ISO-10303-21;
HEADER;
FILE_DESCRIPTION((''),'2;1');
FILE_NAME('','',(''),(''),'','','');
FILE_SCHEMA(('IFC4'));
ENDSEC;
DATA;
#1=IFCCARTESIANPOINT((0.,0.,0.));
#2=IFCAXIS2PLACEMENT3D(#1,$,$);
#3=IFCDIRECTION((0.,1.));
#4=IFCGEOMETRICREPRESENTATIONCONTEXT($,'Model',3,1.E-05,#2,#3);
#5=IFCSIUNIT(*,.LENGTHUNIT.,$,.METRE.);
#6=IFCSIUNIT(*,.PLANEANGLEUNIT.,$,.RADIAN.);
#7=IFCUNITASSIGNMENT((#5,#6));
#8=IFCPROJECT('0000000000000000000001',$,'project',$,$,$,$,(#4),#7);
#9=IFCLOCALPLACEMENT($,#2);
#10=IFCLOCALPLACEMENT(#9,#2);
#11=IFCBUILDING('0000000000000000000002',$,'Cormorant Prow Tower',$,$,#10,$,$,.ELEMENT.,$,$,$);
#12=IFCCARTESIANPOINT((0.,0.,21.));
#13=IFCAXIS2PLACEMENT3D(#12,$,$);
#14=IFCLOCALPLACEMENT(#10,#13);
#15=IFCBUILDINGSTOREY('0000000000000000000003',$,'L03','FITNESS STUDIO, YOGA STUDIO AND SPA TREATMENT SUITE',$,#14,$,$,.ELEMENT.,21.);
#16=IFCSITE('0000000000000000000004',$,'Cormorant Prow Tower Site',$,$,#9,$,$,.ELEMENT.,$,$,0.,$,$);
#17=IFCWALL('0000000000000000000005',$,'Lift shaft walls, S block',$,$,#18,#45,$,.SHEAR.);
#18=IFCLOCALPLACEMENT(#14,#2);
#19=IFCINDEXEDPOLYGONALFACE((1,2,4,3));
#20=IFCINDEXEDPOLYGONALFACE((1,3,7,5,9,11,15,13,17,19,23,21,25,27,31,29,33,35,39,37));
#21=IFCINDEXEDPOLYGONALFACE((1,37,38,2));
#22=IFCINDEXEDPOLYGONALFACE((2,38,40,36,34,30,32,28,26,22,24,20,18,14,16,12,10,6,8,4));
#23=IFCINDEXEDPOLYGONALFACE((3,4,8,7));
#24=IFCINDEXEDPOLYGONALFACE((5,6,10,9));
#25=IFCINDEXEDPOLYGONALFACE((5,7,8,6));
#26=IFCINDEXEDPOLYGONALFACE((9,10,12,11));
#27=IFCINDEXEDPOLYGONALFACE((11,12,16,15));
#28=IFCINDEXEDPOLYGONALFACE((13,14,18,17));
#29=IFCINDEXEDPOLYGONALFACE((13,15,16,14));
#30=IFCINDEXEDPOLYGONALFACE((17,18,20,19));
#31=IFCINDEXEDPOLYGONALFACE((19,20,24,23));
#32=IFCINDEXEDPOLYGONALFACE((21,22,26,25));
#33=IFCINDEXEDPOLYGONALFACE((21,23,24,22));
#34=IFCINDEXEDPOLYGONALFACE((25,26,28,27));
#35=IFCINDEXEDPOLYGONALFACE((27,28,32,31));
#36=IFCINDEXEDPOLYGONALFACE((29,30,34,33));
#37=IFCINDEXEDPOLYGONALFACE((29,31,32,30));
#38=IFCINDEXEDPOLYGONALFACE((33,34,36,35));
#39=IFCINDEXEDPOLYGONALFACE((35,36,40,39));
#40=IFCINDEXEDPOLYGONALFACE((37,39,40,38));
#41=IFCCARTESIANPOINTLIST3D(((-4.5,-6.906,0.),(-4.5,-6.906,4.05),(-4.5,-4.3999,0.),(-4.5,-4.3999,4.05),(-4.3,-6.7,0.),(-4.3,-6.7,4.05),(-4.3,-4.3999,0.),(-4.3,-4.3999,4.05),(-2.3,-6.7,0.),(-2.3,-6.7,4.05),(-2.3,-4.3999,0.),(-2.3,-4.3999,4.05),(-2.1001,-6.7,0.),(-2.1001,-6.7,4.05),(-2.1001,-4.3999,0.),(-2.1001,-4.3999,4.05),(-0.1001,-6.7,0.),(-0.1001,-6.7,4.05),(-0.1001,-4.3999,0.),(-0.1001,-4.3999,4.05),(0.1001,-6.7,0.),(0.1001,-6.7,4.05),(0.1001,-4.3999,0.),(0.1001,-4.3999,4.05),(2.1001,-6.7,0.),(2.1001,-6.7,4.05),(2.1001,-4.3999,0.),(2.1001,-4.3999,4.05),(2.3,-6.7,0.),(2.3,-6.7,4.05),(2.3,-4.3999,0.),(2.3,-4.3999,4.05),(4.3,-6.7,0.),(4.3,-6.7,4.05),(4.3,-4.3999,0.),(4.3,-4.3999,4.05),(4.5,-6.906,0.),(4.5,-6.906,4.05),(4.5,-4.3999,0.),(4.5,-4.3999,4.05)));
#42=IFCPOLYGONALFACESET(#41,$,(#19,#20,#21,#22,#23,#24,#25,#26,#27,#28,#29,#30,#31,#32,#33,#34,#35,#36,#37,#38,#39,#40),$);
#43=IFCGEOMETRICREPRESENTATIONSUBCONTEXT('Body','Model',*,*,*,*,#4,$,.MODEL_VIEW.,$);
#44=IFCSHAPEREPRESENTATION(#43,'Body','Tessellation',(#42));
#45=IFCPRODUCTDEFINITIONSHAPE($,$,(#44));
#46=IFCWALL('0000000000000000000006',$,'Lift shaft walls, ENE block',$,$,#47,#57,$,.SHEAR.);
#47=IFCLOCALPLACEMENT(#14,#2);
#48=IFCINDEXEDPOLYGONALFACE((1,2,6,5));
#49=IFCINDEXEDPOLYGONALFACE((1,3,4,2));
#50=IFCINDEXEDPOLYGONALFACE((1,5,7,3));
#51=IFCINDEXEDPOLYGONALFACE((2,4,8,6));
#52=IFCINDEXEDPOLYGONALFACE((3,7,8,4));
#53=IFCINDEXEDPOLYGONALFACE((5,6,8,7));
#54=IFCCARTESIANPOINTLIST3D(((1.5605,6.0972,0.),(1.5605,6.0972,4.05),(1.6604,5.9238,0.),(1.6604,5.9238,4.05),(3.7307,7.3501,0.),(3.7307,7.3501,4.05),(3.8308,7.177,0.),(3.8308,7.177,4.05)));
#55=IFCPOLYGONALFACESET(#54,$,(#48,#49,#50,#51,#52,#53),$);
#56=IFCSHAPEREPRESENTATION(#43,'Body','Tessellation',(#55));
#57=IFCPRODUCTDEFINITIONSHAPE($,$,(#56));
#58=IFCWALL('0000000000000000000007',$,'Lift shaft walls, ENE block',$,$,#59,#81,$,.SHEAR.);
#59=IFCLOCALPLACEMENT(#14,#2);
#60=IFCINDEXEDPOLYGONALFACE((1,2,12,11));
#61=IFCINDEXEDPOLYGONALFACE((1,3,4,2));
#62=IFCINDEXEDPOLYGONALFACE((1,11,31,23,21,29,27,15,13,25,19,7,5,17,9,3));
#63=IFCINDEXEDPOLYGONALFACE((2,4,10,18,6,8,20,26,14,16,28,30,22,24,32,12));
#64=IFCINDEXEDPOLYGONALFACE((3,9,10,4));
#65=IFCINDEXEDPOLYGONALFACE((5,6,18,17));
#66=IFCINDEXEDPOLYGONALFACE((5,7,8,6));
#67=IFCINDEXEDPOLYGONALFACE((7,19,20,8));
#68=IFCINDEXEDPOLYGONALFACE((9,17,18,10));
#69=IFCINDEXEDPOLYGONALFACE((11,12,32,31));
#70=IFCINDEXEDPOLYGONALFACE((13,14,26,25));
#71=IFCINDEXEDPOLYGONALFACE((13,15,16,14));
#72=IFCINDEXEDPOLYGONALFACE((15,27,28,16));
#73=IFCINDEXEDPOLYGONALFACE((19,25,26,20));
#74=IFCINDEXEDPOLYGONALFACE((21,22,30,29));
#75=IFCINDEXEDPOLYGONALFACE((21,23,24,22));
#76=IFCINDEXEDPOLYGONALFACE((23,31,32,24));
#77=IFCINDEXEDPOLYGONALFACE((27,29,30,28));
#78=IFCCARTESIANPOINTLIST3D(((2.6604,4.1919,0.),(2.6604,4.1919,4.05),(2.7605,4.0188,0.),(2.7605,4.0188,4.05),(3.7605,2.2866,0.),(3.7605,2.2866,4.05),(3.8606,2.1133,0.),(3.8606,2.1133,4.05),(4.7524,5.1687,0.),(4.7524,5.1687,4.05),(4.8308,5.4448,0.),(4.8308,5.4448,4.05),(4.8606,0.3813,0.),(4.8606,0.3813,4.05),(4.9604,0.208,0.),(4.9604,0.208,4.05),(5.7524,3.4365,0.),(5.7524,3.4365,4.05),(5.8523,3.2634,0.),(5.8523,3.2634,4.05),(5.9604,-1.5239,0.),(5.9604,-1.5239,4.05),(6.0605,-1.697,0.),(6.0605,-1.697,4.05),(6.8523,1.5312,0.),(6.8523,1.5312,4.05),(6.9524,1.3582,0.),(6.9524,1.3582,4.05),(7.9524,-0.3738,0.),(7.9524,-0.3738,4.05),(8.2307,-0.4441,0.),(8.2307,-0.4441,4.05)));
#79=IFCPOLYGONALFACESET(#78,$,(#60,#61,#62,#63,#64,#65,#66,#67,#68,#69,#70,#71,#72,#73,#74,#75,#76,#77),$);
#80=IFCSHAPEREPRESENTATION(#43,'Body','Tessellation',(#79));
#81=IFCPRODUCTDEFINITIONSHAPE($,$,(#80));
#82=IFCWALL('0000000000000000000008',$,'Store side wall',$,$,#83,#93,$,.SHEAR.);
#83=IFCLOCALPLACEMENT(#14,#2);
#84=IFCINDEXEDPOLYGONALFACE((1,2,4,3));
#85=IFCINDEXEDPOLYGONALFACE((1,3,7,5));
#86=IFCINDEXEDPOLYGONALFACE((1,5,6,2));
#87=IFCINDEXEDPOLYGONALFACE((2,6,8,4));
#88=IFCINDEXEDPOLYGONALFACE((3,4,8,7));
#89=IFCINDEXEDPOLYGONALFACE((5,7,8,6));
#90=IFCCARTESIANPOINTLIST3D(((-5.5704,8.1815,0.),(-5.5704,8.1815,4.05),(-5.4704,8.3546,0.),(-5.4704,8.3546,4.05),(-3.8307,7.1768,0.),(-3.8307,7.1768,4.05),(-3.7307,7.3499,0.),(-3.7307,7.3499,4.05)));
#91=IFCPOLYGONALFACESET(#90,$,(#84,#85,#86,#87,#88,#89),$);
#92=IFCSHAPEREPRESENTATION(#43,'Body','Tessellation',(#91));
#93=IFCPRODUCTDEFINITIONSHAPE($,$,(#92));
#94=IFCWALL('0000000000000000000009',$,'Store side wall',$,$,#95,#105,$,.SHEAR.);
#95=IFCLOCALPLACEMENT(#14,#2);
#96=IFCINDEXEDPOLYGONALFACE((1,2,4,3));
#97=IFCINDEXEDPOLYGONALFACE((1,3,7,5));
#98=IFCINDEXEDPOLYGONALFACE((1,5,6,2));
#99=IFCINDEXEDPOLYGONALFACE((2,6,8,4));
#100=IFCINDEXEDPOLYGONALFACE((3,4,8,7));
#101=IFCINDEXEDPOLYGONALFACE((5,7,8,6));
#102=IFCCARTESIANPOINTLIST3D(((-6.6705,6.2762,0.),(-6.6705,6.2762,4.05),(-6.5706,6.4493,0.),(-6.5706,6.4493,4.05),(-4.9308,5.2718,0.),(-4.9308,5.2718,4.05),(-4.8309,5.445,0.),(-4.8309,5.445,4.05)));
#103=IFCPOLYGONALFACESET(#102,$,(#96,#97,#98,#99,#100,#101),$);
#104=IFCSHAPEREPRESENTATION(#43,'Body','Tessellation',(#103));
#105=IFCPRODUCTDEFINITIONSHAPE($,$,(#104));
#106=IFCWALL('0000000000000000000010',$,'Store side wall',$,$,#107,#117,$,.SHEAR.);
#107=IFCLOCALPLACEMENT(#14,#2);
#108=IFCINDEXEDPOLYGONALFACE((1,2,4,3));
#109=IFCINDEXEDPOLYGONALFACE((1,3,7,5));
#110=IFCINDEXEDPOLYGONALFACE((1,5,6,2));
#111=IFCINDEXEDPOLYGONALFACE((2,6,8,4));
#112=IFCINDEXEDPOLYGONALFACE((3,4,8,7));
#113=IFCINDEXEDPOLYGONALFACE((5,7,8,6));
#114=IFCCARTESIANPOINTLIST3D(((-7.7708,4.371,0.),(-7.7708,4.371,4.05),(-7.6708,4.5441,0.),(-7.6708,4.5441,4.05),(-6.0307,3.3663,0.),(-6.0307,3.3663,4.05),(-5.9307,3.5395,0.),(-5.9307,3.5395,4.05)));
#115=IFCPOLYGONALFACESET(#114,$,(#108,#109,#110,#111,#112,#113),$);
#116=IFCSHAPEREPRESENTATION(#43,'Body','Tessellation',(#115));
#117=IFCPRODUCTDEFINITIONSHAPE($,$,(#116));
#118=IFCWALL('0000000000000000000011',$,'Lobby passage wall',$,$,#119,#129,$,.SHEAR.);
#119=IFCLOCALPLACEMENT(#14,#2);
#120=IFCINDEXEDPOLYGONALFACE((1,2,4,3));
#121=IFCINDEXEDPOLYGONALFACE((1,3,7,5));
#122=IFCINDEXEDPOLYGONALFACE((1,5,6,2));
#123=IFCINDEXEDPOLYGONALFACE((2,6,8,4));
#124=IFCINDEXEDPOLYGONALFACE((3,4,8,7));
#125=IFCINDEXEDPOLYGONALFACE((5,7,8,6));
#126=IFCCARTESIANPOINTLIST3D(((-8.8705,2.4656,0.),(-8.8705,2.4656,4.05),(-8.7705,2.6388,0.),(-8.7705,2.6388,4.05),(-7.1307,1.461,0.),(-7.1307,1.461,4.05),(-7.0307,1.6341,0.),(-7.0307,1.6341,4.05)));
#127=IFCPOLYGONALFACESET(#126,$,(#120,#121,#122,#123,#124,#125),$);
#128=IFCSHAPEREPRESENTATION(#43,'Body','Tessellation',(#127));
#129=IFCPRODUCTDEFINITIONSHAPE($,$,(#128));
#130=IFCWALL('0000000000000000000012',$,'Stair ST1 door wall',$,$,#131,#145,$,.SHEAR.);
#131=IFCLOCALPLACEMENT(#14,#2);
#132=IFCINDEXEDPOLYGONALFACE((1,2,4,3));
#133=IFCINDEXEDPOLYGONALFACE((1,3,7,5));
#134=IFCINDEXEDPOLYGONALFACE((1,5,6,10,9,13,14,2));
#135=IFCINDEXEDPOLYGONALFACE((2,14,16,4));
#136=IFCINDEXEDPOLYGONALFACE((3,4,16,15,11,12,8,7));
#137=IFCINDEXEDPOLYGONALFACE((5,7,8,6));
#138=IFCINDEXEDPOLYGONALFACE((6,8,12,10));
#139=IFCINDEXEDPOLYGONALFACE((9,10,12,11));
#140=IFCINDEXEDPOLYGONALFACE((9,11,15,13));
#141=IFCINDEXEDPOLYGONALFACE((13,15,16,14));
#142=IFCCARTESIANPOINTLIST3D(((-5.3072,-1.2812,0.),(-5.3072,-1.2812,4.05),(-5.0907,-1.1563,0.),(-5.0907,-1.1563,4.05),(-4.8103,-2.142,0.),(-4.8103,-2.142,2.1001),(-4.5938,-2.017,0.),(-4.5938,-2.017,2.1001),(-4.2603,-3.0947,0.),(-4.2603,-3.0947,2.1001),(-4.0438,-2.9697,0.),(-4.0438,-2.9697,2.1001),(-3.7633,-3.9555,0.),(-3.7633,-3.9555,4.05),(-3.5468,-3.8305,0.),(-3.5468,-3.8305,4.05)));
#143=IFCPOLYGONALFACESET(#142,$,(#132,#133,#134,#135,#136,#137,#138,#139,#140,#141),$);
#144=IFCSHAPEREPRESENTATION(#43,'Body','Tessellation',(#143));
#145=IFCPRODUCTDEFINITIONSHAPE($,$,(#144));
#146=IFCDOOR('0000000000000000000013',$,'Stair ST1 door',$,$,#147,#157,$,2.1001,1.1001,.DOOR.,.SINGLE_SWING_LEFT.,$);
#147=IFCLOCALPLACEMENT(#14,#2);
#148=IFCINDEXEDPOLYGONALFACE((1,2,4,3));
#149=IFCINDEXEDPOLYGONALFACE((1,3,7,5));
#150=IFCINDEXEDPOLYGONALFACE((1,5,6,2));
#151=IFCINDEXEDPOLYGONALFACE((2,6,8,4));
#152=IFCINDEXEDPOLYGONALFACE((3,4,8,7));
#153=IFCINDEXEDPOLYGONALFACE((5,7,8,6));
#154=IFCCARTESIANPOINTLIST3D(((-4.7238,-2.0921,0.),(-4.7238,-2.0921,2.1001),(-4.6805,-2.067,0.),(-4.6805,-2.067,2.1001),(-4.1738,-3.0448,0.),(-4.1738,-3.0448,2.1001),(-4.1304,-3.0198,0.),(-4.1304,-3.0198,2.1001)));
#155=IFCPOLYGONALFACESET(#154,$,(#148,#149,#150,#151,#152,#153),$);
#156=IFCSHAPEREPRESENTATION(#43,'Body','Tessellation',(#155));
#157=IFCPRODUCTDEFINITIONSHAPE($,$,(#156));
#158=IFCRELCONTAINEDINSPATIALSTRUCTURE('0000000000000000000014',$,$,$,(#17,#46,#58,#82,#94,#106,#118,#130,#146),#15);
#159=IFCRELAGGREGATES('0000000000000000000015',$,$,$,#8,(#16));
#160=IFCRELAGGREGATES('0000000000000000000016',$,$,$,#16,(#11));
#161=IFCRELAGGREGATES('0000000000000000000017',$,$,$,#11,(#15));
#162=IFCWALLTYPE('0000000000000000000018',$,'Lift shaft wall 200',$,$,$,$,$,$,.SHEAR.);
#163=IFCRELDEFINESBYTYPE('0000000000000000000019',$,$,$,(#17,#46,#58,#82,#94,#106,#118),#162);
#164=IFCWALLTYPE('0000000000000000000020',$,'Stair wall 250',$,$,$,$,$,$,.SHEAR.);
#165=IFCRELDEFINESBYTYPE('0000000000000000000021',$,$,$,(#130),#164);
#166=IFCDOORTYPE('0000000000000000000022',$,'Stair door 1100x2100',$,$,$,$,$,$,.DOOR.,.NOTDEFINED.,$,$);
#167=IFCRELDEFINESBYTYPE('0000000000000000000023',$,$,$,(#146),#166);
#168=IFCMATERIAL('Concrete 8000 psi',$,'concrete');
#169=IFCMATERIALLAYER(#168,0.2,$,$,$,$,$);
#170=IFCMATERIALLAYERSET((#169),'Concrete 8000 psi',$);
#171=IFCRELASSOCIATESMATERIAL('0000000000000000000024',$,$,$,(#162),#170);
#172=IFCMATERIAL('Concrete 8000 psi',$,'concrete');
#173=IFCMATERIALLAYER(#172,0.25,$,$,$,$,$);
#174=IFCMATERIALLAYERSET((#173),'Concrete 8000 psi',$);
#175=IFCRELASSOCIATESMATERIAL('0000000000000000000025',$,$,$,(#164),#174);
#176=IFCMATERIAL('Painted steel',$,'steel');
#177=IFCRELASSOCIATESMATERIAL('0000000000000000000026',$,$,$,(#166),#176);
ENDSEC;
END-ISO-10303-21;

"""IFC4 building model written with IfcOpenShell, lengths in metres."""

from ifc_helpers import new_model, si_unit, direction, frame, frame_2d, origin, place, context, subcontext, project, spatial, polyline, rectangle, outline, extrude, material, layer, layer_set, type_object, element, fill, save


model = new_model("IFC4")

# Units and contexts
model_context = context("Model", 3, precision=1e-05, world=origin(), true_north=direction((0.0, 1.0)))
body_context = subcontext(model_context, "Body", "Model", "MODEL_VIEW")
ifc_project = project(units=[si_unit("LENGTHUNIT", "METRE"), si_unit("PLANEANGLEUNIT", "RADIAN")], contexts=[model_context])

# Site, building, storey
site_placement = place(None, origin())
site = spatial("IfcSite", under=ifc_project, at=site_placement, Name="Cormorant Prow Tower Site", CompositionType="ELEMENT", RefElevation=0.0)
building_placement = place(site_placement, origin())
building = spatial("IfcBuilding", under=site, at=building_placement, Name="Cormorant Prow Tower", CompositionType="ELEMENT")
storey_placement = place(building_placement, frame((0.0, 0.0, 21.0)))
storey = spatial("IfcBuildingStorey", under=building, at=storey_placement, Name="L03", Description="FITNESS STUDIO, YOGA STUDIO AND SPA TREATMENT SUITE", CompositionType="ELEMENT", Elevation=21.0)

# Walls
ifc_material_1 = material(Name="Concrete 8000 psi", Category="concrete")
ifc_layer_1 = layer(ifc_material_1, 0.2)
ifc_layer_set_1 = layer_set([ifc_layer_1], Name="Concrete 8000 psi")
wall_type_1 = type_object("IfcWallType", Name="Lift shaft wall 200", PredefinedType="SHEAR", material=ifc_layer_set_1)
wall_1_placement = place(storey_placement, origin())
element("IfcWall", 1, at=wall_1_placement, inside=storey, type_object=wall_type_1, Name="Lift shaft walls, S block", PredefinedType="SHEAR", context=body_context, shape_type="SweptSolid", body=[
    extrude(outline(polyline([(4.5, -4.3999), (4.5, -6.906), (-4.5, -6.906), (-4.5, -4.3999), (-4.3, -4.3999), (-4.3, -6.7), (-2.3, -6.7), (-2.3, -4.3999), (-2.1001, -4.3999), (-2.1001, -6.7), (-0.1001, -6.7), (-0.1001, -4.3999), (0.1001, -4.3999), (0.1001, -6.7), (2.1001, -6.7), (2.1001, -4.3999), (2.3, -4.3999), (2.3, -6.7), (4.3, -6.7), (4.3, -4.3999), (4.5, -4.3999)])), origin(), (0.0, 0.0, 1.0), 4.05),
])
wall_2_placement = place(storey_placement, origin())
element("IfcWall", 2, at=wall_2_placement, inside=storey, type_object=wall_type_1, Name="Lift shaft walls, ENE block", PredefinedType="SHEAR", context=body_context, shape_type="SweptSolid", body=[
    extrude(outline(polyline([(1.5605, 6.0972), (3.7307, 7.3501), (3.8308, 7.177), (1.6604, 5.9238), (1.5605, 6.0972)])), origin(), (0.0, 0.0, 1.0), 4.05),
])
wall_3_placement = place(storey_placement, origin())
element("IfcWall", 3, at=wall_3_placement, inside=storey, type_object=wall_type_1, Name="Lift shaft walls, ENE block", PredefinedType="SHEAR", context=body_context, shape_type="SweptSolid", body=[
    extrude(outline(polyline([(2.6604, 4.1919), (4.8308, 5.4448), (8.2307, -0.4441), (6.0605, -1.697), (5.9604, -1.5239), (7.9524, -0.3738), (6.9524, 1.3582), (4.9604, 0.208), (4.8606, 0.3813), (6.8523, 1.5312), (5.8523, 3.2634), (3.8606, 2.1133), (3.7605, 2.2866), (5.7524, 3.4365), (4.7524, 5.1687), (2.7605, 4.0188), (2.6604, 4.1919)])), origin(), (0.0, 0.0, 1.0), 4.05),
])
wall_4_placement = place(storey_placement, frame((-3.7808, 7.2634, 0.0), z_axis=(0.0, 0.0, 1.0), x_axis=(-0.865983, 0.500073, 0.0)))
element("IfcWall", 4, at=wall_4_placement, inside=storey, type_object=wall_type_1, Name="Store side wall", PredefinedType="SHEAR", context=body_context, shape_type="SweptSolid", body=[
    extrude(rectangle(XDim=2.009, YDim=0.2, at=frame_2d((1.0044, 0.0))), origin(), (0.0, 0.0, 1.0), 4.05),
])
wall_5_placement = place(storey_placement, frame((-4.8809, 5.3584, 0.0), z_axis=(0.0, 0.0, 1.0), x_axis=(-0.866036, 0.499982, 0.0)))
element("IfcWall", 5, at=wall_5_placement, inside=storey, type_object=wall_type_1, Name="Store side wall", PredefinedType="SHEAR", context=body_context, shape_type="SweptSolid", body=[
    extrude(rectangle(XDim=2.0088, YDim=0.2, at=frame_2d((1.0044, 0.0))), origin(), (0.0, 0.0, 1.0), 4.05),
])
wall_6_placement = place(storey_placement, frame((-5.9807, 3.4529, 0.0), z_axis=(0.0, 0.0, 1.0), x_axis=(-0.866014, 0.50002, 0.0)))
element("IfcWall", 6, at=wall_6_placement, inside=storey, type_object=wall_type_1, Name="Store side wall", PredefinedType="SHEAR", context=body_context, shape_type="SweptSolid", body=[
    extrude(rectangle(XDim=2.0093, YDim=0.2, at=frame_2d((1.0046, 0.0))), origin(), (0.0, 0.0, 1.0), 4.05),
])
wall_7_placement = place(storey_placement, frame((-7.0808, 1.5476, 0.0), z_axis=(0.0, 0.0, 1.0), x_axis=(-0.865983, 0.500073, 0.0)))
element("IfcWall", 7, at=wall_7_placement, inside=storey, type_object=wall_type_1, Name="Lobby passage wall", PredefinedType="SHEAR", context=body_context, shape_type="SweptSolid", body=[
    extrude(rectangle(XDim=2.009, YDim=0.2, at=frame_2d((1.0044, 0.0))), origin(), (0.0, 0.0, 1.0), 4.05),
])

# Wall, opening, door
ifc_material_2 = material(Name="Concrete 8000 psi", Category="concrete")
ifc_layer_2 = layer(ifc_material_2, 0.25)
ifc_layer_set_2 = layer_set([ifc_layer_2], Name="Concrete 8000 psi")
wall_type_2 = type_object("IfcWallType", Name="Stair wall 250", PredefinedType="SHEAR", material=ifc_layer_set_2)
wall_8_placement = place(storey_placement, frame((-5.199, -1.2188, 0.0), z_axis=(0.0, 0.0, 1.0), x_axis=(0.499983, -0.866035, 0.0)))
wall_8 = element("IfcWall", 8, at=wall_8_placement, inside=storey, type_object=wall_type_2, Name="Stair ST1 door wall", PredefinedType="SHEAR", context=body_context, shape_type="SweptSolid", body=[
    extrude(rectangle(XDim=3.0879, YDim=0.25, at=frame_2d((1.5439, 0.0))), origin(), (0.0, 0.0, 1.0), 4.05),
])
opening_1_placement = place(wall_8_placement, frame((0.9939, 0.0, 0.0)))
opening_1 = element("IfcOpeningElement", 9, at=opening_1_placement, cuts=wall_8, PredefinedType="OPENING", context=body_context, shape_type="SweptSolid", body=[
    extrude(rectangle(XDim=1.1001, YDim=2.1001, at=frame_2d((0.55, 1.05))), frame((0.0, 0.135, 0.0), z_axis=(0.0, -1.0, 0.0), x_axis=(1.0, 0.0, 0.0)), (0.0, 0.0, 1.0), 0.27),
])
ifc_material_3 = material(Name="Painted steel", Category="steel")
door_type_1 = type_object("IfcDoorType", Name="Stair door 1100x2100", OperationType="NOTDEFINED", PredefinedType="DOOR", material=ifc_material_3)
door_1_placement = place(opening_1_placement, origin())
door_1 = element("IfcDoor", 10, at=door_1_placement, inside=storey, type_object=door_type_1, Name="Stair ST1 door", OperationType="SINGLE_SWING_LEFT", OverallHeight=2.1001, OverallWidth=1.1001, PredefinedType="DOOR", context=body_context, shape_type="SweptSolid", body=[
    extrude(rectangle(XDim=1.1001, YDim=2.1001, at=frame_2d((0.55, 1.05))), frame((0.0, 0.0249, 0.0), z_axis=(0.0, -1.0, 0.0), x_axis=(1.0, 0.0, 0.0)), (0.0, 0.0, 1.0), 0.05),
])
fill(opening_1, door_1)

save(model, "model.ifc")
